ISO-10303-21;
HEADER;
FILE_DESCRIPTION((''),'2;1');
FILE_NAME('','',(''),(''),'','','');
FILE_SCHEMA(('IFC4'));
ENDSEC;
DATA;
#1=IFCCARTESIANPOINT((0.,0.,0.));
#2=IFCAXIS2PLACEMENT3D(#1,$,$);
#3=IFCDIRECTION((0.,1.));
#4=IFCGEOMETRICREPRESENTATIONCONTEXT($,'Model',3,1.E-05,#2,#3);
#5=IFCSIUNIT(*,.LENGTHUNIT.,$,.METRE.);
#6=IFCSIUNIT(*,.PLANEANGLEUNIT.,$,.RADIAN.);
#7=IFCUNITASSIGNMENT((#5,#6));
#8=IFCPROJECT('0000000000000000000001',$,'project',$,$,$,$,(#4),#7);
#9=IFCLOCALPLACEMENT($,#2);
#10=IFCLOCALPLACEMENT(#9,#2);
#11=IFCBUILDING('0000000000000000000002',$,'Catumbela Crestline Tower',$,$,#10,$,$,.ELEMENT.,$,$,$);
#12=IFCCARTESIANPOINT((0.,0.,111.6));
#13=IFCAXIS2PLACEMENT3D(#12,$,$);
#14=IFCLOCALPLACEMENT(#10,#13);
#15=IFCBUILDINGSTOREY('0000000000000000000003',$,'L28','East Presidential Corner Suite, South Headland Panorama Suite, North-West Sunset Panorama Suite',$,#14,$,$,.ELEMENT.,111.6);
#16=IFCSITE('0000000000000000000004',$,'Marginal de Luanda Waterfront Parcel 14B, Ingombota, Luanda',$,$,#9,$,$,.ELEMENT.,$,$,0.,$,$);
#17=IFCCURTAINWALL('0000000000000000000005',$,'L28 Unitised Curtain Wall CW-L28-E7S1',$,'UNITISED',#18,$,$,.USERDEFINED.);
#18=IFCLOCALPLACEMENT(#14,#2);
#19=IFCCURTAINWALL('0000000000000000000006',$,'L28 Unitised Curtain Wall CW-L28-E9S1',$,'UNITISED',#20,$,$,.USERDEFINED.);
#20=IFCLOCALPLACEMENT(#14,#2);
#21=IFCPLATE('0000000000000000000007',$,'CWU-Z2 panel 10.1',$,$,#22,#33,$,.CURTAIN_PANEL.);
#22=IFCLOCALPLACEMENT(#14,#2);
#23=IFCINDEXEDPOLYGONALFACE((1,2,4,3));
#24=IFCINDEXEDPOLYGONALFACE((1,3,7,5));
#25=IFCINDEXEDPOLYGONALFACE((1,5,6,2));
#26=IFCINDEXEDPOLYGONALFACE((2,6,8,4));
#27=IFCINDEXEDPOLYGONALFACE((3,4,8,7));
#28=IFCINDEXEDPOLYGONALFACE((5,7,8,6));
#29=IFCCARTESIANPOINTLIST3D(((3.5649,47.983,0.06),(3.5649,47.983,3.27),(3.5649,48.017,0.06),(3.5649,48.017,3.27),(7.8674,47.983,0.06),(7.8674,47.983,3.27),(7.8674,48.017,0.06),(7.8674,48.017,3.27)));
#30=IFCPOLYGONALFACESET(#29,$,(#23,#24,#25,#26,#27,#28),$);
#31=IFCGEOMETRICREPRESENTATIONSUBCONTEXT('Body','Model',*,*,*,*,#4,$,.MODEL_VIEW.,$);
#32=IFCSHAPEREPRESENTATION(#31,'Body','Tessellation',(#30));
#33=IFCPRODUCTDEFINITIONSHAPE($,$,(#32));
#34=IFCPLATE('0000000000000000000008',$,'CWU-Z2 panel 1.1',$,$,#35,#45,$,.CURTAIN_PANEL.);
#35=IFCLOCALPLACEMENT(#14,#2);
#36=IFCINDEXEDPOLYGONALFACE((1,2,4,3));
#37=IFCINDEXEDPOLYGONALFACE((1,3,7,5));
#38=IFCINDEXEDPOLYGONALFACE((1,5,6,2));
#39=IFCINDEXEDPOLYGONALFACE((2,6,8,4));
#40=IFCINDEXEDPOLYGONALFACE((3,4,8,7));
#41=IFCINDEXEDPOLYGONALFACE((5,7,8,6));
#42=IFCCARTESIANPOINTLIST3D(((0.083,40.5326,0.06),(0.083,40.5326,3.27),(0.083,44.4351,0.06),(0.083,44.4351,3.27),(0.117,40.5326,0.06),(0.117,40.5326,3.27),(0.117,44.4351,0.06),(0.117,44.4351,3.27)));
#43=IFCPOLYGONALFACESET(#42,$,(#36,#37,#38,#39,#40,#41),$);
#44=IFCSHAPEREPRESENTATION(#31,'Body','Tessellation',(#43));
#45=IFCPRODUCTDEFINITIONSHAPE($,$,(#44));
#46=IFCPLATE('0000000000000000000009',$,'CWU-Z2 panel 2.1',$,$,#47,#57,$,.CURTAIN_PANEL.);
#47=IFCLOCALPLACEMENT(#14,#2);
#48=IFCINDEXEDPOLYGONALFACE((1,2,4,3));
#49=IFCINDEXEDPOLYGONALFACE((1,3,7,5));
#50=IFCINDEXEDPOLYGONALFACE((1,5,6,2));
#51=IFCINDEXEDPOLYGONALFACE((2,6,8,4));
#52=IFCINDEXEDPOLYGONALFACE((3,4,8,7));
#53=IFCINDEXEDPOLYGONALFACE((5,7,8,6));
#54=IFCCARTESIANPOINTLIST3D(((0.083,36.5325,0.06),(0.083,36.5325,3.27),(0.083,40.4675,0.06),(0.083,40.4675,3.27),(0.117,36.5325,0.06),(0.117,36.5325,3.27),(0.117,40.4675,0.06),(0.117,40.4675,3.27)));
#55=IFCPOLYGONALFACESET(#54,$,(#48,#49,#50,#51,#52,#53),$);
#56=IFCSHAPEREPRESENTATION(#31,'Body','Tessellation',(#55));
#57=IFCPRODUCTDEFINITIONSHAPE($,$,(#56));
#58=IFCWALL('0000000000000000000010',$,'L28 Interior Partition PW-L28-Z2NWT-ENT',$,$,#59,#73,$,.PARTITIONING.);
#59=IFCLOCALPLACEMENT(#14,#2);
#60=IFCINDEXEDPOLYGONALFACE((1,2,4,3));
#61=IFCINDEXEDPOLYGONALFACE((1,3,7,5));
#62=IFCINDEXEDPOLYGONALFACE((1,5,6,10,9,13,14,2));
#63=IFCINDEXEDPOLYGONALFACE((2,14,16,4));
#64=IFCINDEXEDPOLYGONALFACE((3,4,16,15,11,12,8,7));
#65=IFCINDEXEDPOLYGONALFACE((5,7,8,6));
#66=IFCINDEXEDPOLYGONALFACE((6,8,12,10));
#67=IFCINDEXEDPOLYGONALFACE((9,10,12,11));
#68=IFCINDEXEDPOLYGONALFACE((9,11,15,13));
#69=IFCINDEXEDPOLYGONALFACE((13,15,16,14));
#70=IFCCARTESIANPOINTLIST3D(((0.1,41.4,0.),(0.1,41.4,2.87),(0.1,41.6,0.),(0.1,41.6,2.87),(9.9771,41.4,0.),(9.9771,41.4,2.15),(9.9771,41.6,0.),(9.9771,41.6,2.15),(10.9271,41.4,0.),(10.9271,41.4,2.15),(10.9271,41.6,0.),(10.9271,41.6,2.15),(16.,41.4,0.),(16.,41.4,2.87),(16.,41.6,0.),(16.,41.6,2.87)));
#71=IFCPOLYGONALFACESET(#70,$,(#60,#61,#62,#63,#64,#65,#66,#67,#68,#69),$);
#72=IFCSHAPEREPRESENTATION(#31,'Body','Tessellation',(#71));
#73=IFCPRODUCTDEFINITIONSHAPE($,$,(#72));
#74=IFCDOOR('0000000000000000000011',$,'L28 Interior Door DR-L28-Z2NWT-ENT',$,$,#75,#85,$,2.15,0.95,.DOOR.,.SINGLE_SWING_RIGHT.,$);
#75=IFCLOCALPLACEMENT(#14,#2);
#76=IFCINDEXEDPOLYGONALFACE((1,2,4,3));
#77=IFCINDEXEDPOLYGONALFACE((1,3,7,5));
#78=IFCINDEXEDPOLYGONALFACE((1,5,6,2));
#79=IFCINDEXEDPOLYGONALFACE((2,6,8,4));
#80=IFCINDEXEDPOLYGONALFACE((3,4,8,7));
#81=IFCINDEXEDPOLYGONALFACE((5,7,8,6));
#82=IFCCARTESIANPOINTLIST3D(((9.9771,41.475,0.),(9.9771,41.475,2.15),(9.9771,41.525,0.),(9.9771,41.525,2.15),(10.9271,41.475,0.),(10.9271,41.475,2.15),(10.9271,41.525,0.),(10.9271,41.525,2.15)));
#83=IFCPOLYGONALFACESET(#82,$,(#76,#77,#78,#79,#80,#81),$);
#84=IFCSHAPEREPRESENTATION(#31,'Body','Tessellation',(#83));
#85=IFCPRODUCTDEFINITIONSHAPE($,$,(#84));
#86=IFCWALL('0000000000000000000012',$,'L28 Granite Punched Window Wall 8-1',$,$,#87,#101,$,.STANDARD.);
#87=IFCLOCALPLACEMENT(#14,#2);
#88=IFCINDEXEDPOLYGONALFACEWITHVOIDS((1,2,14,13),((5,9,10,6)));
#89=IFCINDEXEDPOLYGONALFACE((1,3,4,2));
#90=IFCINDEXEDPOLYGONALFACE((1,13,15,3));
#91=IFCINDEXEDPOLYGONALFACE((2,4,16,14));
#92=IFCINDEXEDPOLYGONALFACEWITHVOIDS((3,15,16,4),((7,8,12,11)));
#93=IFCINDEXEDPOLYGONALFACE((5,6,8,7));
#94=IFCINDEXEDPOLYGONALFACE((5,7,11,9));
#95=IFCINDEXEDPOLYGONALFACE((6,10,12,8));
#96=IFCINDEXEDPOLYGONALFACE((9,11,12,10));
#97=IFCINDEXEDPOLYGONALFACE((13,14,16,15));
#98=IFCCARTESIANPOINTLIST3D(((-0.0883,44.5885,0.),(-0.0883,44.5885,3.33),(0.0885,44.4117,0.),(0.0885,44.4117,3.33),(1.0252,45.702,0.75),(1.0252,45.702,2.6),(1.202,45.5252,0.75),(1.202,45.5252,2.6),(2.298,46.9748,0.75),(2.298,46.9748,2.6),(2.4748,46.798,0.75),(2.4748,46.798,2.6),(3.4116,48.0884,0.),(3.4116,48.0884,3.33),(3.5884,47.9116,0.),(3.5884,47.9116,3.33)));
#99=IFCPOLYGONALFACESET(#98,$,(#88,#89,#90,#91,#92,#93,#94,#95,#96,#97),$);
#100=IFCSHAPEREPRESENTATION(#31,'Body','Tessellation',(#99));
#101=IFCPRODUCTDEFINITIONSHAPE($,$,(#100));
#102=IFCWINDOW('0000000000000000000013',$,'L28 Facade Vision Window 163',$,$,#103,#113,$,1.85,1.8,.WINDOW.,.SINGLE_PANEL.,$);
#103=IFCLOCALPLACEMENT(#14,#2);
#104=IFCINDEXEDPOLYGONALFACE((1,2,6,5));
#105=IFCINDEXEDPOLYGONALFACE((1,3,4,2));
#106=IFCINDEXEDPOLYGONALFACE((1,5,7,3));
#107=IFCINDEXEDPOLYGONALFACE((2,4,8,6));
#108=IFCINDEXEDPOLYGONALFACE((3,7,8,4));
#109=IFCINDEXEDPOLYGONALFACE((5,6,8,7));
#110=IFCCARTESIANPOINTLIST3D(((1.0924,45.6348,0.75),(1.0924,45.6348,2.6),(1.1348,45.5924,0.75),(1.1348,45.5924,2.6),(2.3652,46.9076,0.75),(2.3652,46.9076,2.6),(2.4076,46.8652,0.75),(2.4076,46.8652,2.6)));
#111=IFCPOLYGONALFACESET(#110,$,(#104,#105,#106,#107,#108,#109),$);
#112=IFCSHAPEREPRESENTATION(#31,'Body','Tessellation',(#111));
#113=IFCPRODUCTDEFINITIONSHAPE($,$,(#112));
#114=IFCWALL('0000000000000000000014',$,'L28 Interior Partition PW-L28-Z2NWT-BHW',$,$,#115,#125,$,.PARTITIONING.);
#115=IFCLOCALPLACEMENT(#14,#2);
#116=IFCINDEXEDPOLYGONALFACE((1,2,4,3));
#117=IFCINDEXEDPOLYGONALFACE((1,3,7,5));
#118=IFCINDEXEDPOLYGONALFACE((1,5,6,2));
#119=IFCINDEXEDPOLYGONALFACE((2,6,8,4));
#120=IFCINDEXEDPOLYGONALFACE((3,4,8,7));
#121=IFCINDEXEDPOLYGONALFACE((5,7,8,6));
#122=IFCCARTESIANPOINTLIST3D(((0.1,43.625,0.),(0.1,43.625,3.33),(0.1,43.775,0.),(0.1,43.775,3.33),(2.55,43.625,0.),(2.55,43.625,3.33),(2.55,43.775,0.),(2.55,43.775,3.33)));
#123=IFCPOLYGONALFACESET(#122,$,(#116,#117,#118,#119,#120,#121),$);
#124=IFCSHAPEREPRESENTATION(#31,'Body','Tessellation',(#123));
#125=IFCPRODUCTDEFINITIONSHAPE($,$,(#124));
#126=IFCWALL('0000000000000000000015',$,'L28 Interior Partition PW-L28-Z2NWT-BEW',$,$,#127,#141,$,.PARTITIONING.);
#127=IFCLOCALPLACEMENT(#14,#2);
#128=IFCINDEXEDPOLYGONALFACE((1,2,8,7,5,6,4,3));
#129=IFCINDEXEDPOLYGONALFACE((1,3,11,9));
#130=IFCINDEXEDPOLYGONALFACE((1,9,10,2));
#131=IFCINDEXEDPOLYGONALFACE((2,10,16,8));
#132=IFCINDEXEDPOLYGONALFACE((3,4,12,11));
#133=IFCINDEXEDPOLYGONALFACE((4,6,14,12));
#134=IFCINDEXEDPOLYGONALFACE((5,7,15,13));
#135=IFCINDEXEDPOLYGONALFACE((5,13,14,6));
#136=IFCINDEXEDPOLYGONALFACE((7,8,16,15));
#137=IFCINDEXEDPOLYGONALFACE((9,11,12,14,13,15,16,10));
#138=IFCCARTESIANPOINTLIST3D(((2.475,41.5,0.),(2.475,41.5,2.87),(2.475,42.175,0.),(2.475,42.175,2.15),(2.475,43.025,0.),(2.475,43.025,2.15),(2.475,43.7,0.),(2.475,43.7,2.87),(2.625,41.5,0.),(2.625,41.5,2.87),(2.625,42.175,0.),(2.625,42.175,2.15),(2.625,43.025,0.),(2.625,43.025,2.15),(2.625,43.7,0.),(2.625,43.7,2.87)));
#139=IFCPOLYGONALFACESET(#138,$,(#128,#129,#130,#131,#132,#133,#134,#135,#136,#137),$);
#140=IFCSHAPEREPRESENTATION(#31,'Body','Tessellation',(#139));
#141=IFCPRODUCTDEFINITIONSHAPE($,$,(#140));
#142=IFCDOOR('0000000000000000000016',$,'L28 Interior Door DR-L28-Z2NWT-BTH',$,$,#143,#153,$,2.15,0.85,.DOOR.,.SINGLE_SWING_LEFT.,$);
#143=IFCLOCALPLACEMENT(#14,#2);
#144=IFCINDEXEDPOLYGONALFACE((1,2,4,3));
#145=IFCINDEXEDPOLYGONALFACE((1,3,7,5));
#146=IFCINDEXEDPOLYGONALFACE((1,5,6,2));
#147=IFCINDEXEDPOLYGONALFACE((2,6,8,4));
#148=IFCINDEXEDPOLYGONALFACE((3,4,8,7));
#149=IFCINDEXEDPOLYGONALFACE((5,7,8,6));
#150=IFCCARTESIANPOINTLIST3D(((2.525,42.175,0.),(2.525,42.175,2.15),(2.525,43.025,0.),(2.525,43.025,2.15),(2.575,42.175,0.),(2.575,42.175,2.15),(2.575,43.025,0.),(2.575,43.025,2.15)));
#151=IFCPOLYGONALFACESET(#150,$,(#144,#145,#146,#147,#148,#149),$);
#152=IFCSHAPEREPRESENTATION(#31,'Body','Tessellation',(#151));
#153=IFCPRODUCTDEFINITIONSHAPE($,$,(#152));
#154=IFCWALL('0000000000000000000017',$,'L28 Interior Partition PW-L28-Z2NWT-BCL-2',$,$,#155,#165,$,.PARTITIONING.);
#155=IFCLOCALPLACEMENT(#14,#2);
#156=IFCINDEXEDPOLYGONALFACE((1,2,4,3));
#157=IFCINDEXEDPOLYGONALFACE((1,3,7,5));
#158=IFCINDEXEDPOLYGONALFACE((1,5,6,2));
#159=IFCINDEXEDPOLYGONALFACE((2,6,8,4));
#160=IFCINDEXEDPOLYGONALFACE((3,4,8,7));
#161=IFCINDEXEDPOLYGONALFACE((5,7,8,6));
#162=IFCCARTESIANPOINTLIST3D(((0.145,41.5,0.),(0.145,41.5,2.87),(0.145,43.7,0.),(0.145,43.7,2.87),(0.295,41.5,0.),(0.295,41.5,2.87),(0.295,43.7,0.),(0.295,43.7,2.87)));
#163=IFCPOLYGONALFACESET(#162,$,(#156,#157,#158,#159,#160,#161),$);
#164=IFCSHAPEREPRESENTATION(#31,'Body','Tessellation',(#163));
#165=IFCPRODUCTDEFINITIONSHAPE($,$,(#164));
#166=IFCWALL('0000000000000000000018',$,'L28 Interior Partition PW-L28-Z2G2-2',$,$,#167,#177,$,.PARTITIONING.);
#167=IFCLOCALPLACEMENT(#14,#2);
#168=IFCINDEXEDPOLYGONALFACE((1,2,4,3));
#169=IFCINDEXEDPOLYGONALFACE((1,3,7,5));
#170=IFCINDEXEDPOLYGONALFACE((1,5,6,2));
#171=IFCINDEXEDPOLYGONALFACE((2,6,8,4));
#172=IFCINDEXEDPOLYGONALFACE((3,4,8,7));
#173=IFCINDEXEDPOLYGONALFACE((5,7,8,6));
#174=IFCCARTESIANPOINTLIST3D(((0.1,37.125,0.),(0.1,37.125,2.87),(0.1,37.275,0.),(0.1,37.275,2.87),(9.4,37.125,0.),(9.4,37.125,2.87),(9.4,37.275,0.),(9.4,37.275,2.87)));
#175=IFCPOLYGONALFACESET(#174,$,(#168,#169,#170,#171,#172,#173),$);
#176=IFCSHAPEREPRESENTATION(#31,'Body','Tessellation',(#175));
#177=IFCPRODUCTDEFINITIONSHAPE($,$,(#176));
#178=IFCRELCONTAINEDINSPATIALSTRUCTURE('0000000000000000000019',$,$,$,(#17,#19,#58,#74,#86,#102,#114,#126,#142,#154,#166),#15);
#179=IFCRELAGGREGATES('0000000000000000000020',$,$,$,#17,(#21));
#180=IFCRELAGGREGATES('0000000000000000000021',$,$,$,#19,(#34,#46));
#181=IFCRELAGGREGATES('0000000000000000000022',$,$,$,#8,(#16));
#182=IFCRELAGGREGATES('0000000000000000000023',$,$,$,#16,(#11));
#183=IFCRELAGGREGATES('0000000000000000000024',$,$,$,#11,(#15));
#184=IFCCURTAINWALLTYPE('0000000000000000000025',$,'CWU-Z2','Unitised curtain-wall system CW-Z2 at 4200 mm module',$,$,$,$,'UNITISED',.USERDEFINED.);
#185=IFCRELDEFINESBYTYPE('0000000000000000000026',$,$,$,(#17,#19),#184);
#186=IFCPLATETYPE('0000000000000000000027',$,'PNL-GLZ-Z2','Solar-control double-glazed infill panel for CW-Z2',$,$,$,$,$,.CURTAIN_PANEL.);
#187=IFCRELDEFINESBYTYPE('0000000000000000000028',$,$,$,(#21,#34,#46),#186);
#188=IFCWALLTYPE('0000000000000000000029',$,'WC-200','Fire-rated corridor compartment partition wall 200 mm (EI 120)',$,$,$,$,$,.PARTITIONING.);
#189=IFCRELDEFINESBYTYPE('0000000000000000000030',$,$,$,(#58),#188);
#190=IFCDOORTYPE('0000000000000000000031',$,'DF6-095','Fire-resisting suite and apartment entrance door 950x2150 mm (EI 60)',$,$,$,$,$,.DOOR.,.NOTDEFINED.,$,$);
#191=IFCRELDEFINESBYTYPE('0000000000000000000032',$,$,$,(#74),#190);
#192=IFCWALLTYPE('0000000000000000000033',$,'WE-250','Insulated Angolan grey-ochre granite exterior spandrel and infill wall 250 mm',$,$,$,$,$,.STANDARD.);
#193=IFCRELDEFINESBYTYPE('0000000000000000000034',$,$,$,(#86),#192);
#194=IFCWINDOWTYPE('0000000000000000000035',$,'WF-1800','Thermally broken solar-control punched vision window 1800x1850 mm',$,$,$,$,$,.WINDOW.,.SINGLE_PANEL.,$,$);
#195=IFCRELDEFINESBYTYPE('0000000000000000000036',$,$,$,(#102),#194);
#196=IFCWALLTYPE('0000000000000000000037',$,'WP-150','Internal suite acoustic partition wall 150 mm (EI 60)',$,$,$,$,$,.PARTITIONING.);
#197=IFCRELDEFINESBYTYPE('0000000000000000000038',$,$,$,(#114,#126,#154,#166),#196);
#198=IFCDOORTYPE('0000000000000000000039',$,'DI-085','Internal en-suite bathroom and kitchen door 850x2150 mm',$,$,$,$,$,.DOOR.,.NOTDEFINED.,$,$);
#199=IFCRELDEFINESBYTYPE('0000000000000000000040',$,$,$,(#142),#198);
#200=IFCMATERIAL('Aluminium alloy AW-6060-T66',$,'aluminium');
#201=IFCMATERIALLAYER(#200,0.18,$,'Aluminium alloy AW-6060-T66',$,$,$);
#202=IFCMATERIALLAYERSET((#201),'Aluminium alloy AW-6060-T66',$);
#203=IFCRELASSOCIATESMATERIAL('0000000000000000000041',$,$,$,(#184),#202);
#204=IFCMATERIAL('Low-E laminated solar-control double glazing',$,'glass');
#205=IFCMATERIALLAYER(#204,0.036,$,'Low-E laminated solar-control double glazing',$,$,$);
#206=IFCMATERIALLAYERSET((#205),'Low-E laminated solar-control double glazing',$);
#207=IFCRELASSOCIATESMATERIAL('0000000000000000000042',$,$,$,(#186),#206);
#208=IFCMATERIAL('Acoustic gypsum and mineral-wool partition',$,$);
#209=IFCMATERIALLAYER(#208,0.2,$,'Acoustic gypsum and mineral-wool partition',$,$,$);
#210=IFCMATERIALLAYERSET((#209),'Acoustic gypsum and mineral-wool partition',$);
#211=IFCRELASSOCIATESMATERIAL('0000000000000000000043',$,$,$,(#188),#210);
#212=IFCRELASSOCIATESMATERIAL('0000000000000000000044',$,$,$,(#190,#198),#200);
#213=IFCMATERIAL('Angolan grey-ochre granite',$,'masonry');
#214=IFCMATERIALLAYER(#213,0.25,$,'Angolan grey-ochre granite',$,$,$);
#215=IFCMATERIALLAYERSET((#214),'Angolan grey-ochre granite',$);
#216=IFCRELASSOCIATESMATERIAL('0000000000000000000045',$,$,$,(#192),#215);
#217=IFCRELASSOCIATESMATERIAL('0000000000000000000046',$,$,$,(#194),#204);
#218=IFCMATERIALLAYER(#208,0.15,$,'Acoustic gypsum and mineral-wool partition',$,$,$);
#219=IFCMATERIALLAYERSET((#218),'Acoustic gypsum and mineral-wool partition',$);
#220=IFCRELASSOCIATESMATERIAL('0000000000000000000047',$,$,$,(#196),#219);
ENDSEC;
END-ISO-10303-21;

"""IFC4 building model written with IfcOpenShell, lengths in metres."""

from ifc_helpers import new_model, si_unit, direction, frame, frame_2d, origin, origin_2d, place, context, subcontext, project, spatial, rectangle, extrude, material, layer, layer_set, type_object, element, fill, aggregate, save


model = new_model("IFC4")

# Units and contexts
model_context = context("Model", 3, precision=1e-05, world=origin(), true_north=direction((0.0, 1.0)))
body_context = subcontext(model_context, "Body", "Model", "MODEL_VIEW")
ifc_project = project(units=[si_unit("LENGTHUNIT", "METRE"), si_unit("PLANEANGLEUNIT", "RADIAN")], contexts=[model_context])

# Site, building, storey
site_placement = place(None, origin())
site = spatial("IfcSite", under=ifc_project, at=site_placement, Name="Marginal de Luanda Waterfront Parcel 14B, Ingombota, Luanda", CompositionType="ELEMENT", RefElevation=0.0)
building_placement = place(site_placement, origin())
building = spatial("IfcBuilding", under=site, at=building_placement, Name="Catumbela Crestline Tower", CompositionType="ELEMENT")
storey_placement = place(building_placement, frame((0.0, 0.0, 111.6)))
storey = spatial("IfcBuildingStorey", under=building, at=storey_placement, Name="L28", Description="East Presidential Corner Suite, South Headland Panorama Suite, North-West Sunset Panorama Suite", CompositionType="ELEMENT", Elevation=111.6)

# Curtain wall
ifc_material_1 = material(Name="Aluminium alloy AW-6060-T66", Category="aluminium")
ifc_layer_1 = layer(ifc_material_1, 0.18, Name="Aluminium alloy AW-6060-T66")
ifc_layer_set_1 = layer_set([ifc_layer_1], Name="Aluminium alloy AW-6060-T66")
curtain_wall_type = type_object("IfcCurtainWallType", Name="CWU-Z2", Description="Unitised curtain-wall system CW-Z2 at 4200 mm module", ElementType="UNITISED", PredefinedType="USERDEFINED", material=ifc_layer_set_1)
curtain_wall_1_placement = place(storey_placement, origin())
curtain_wall_1 = element("IfcCurtainWall", 1, at=curtain_wall_1_placement, inside=storey, type_object=curtain_wall_type, Name="L28 Unitised Curtain Wall CW-L28-E7S1", ObjectType="UNITISED", PredefinedType="USERDEFINED")

# Curtain wall
curtain_wall_2_placement = place(storey_placement, origin())
curtain_wall_2 = element("IfcCurtainWall", 2, at=curtain_wall_2_placement, inside=storey, type_object=curtain_wall_type, Name="L28 Unitised Curtain Wall CW-L28-E9S1", ObjectType="UNITISED", PredefinedType="USERDEFINED")

# Plates
ifc_material_2 = material(Name="Low-E laminated solar-control double glazing", Category="glass")
ifc_layer_2 = layer(ifc_material_2, 0.036, Name="Low-E laminated solar-control double glazing")
ifc_layer_set_2 = layer_set([ifc_layer_2], Name="Low-E laminated solar-control double glazing")
plate_type = type_object("IfcPlateType", Name="PNL-GLZ-Z2", Description="Solar-control double-glazed infill panel for CW-Z2", PredefinedType="CURTAIN_PANEL", material=ifc_layer_set_2)
plate_1_placement = place(storey_placement, frame((5.7162, 48.0, 0.06), z_axis=(0.0, 0.0, 1.0), x_axis=(-1.0, 0.0, 0.0)))
plate_1 = element("IfcPlate", 3, at=plate_1_placement, type_object=plate_type, Name="CWU-Z2 panel 10.1", PredefinedType="CURTAIN_PANEL", context=body_context, shape_type="SweptSolid", body=[
    extrude(rectangle(XDim=4.3025, YDim=0.034, at=origin_2d()), origin(), (0.0, 0.0, 1.0), 3.21),
])
aggregate(curtain_wall_1, [plate_1])
plate_2_placement = place(storey_placement, frame((0.1, 42.4838, 0.06), z_axis=(0.0, 0.0, 1.0), x_axis=(0.0, -1.0, 0.0)))
plate_2 = element("IfcPlate", 4, at=plate_2_placement, type_object=plate_type, Name="CWU-Z2 panel 1.1", PredefinedType="CURTAIN_PANEL", context=body_context, shape_type="SweptSolid", body=[
    extrude(rectangle(XDim=3.9025, YDim=0.034, at=origin_2d()), origin(), (0.0, 0.0, 1.0), 3.21),
])
plate_3_placement = place(storey_placement, frame((0.1, 38.5, 0.06), z_axis=(0.0, 0.0, 1.0), x_axis=(0.0, -1.0, 0.0)))
plate_3 = element("IfcPlate", 5, at=plate_3_placement, type_object=plate_type, Name="CWU-Z2 panel 2.1", PredefinedType="CURTAIN_PANEL", context=body_context, shape_type="SweptSolid", body=[
    extrude(rectangle(XDim=3.935, YDim=0.034, at=origin_2d()), origin(), (0.0, 0.0, 1.0), 3.21),
])
aggregate(curtain_wall_2, [plate_2, plate_3])

# Wall, opening, door
ifc_material_3 = material(Name="Acoustic gypsum and mineral-wool partition")
ifc_layer_3 = layer(ifc_material_3, 0.2, Name="Acoustic gypsum and mineral-wool partition")
ifc_layer_set_3 = layer_set([ifc_layer_3], Name="Acoustic gypsum and mineral-wool partition")
wall_type_1 = type_object("IfcWallType", Name="WC-200", Description="Fire-rated corridor compartment partition wall 200 mm (EI 120)", PredefinedType="PARTITIONING", material=ifc_layer_set_3)
wall_1_placement = place(storey_placement, frame((0.1, 41.5, 0.0), z_axis=(0.0, 0.0, 1.0), x_axis=(1.0, 0.0, 0.0)))
wall_1 = element("IfcWall", 6, at=wall_1_placement, inside=storey, type_object=wall_type_1, Name="L28 Interior Partition PW-L28-Z2NWT-ENT", PredefinedType="PARTITIONING", context=body_context, shape_type="SweptSolid", body=[
    extrude(rectangle(XDim=15.9, YDim=0.2, at=frame_2d((7.95, 0.0))), origin(), (0.0, 0.0, 1.0), 2.87),
])
opening_1_placement = place(wall_1_placement, frame((9.8771, 0.0, 0.0)))
opening_1 = element("IfcOpeningElement", 7, at=opening_1_placement, cuts=wall_1, PredefinedType="OPENING", context=body_context, shape_type="SweptSolid", body=[
    extrude(rectangle(XDim=0.95, YDim=2.15, at=frame_2d((0.475, 1.075))), frame((0.0, 0.11, 0.0), z_axis=(0.0, -1.0, 0.0), x_axis=(1.0, 0.0, 0.0)), (0.0, 0.0, 1.0), 0.22),
])
door_type_1 = type_object("IfcDoorType", Name="DF6-095", Description="Fire-resisting suite and apartment entrance door 950x2150 mm (EI 60)", OperationType="NOTDEFINED", PredefinedType="DOOR", material=ifc_material_1)
door_1_placement = place(opening_1_placement, origin())
door_1 = element("IfcDoor", 8, at=door_1_placement, inside=storey, type_object=door_type_1, Name="L28 Interior Door DR-L28-Z2NWT-ENT", OperationType="SINGLE_SWING_RIGHT", OverallHeight=2.15, OverallWidth=0.95, PredefinedType="DOOR", context=body_context, shape_type="SweptSolid", body=[
    extrude(rectangle(XDim=0.95, YDim=2.15, at=frame_2d((0.475, 1.075))), frame((0.0, 0.025, 0.0), z_axis=(0.0, -1.0, 0.0), x_axis=(1.0, 0.0, 0.0)), (0.0, 0.0, 1.0), 0.05),
])
fill(opening_1, door_1)

# Wall, opening, window
ifc_material_4 = material(Name="Angolan grey-ochre granite", Category="masonry")
ifc_layer_4 = layer(ifc_material_4, 0.25, Name="Angolan grey-ochre granite")
ifc_layer_set_4 = layer_set([ifc_layer_4], Name="Angolan grey-ochre granite")
wall_type_2 = type_object("IfcWallType", Name="WE-250", Description="Insulated Angolan grey-ochre granite exterior spandrel and infill wall 250 mm", PredefinedType="STANDARD", material=ifc_layer_set_4)
wall_2_placement = place(storey_placement, frame((3.5, 48.0, 0.0), z_axis=(0.0, 0.0, 1.0), x_axis=(-0.707107, -0.707107, 0.0)))
wall_2 = element("IfcWall", 9, at=wall_2_placement, inside=storey, type_object=wall_type_2, Name="L28 Granite Punched Window Wall 8-1", PredefinedType="STANDARD", context=body_context, shape_type="SweptSolid", body=[
    extrude(rectangle(XDim=4.9497, YDim=0.25, at=frame_2d((2.4748, 0.0))), origin(), (0.0, 0.0, 1.0), 3.33),
])
opening_2_placement = place(wall_2_placement, frame((1.5749, 0.0, 0.75)))
opening_2 = element("IfcOpeningElement", 10, at=opening_2_placement, cuts=wall_2, PredefinedType="OPENING", context=body_context, shape_type="SweptSolid", body=[
    extrude(rectangle(XDim=1.8, YDim=1.85, at=frame_2d((0.9, 0.925))), frame((0.0, 0.135, 0.0), z_axis=(0.0, -1.0, 0.0), x_axis=(1.0, 0.0, 0.0)), (0.0, 0.0, 1.0), 0.27),
])
window_type = type_object("IfcWindowType", Name="WF-1800", Description="Thermally broken solar-control punched vision window 1800x1850 mm", PartitioningType="SINGLE_PANEL", PredefinedType="WINDOW", material=ifc_material_2)
window_placement = place(opening_2_placement, origin())
window = element("IfcWindow", 11, at=window_placement, inside=storey, type_object=window_type, Name="L28 Facade Vision Window 163", OverallHeight=1.85, OverallWidth=1.8, PartitioningType="SINGLE_PANEL", PredefinedType="WINDOW", context=body_context, shape_type="SweptSolid", body=[
    extrude(rectangle(XDim=1.8, YDim=1.85, at=frame_2d((0.9, 0.925))), frame((0.0, 0.03, 0.0), z_axis=(0.0, -1.0, 0.0), x_axis=(1.0, 0.0, 0.0)), (0.0, 0.0, 1.0), 0.06),
])
fill(opening_2, window)

# Wall
ifc_layer_5 = layer(ifc_material_3, 0.15, Name="Acoustic gypsum and mineral-wool partition")
ifc_layer_set_5 = layer_set([ifc_layer_5], Name="Acoustic gypsum and mineral-wool partition")
wall_type_3 = type_object("IfcWallType", Name="WP-150", Description="Internal suite acoustic partition wall 150 mm (EI 60)", PredefinedType="PARTITIONING", material=ifc_layer_set_5)
wall_3_placement = place(storey_placement, frame((0.1, 43.7, 0.0), z_axis=(0.0, 0.0, 1.0), x_axis=(1.0, 0.0, 0.0)))
element("IfcWall", 12, at=wall_3_placement, inside=storey, type_object=wall_type_3, Name="L28 Interior Partition PW-L28-Z2NWT-BHW", PredefinedType="PARTITIONING", context=body_context, shape_type="SweptSolid", body=[
    extrude(rectangle(XDim=2.45, YDim=0.15, at=frame_2d((1.225, 0.0))), origin(), (0.0, 0.0, 1.0), 3.33),
])

# Wall, opening, door
wall_4_placement = place(storey_placement, frame((2.55, 41.5, 0.0), z_axis=(0.0, 0.0, 1.0), x_axis=(0.0, 1.0, 0.0)))
wall_4 = element("IfcWall", 13, at=wall_4_placement, inside=storey, type_object=wall_type_3, Name="L28 Interior Partition PW-L28-Z2NWT-BEW", PredefinedType="PARTITIONING", context=body_context, shape_type="SweptSolid", body=[
    extrude(rectangle(XDim=2.2, YDim=0.15, at=frame_2d((1.1, 0.0))), origin(), (0.0, 0.0, 1.0), 2.87),
])
opening_3_placement = place(wall_4_placement, frame((0.675, 0.0, 0.0)))
opening_3 = element("IfcOpeningElement", 14, at=opening_3_placement, cuts=wall_4, PredefinedType="OPENING", context=body_context, shape_type="SweptSolid", body=[
    extrude(rectangle(XDim=0.85, YDim=2.15, at=frame_2d((0.425, 1.075))), frame((0.0, 0.085, 0.0), z_axis=(0.0, -1.0, 0.0), x_axis=(1.0, 0.0, 0.0)), (0.0, 0.0, 1.0), 0.17),
])
door_type_2 = type_object("IfcDoorType", Name="DI-085", Description="Internal en-suite bathroom and kitchen door 850x2150 mm", OperationType="NOTDEFINED", PredefinedType="DOOR", material=ifc_material_1)
door_2_placement = place(opening_3_placement, origin())
door_2 = element("IfcDoor", 15, at=door_2_placement, inside=storey, type_object=door_type_2, Name="L28 Interior Door DR-L28-Z2NWT-BTH", OperationType="SINGLE_SWING_LEFT", OverallHeight=2.15, OverallWidth=0.85, PredefinedType="DOOR", context=body_context, shape_type="SweptSolid", body=[
    extrude(rectangle(XDim=0.85, YDim=2.15, at=frame_2d((0.425, 1.075))), frame((0.0, 0.025, 0.0), z_axis=(0.0, -1.0, 0.0), x_axis=(1.0, 0.0, 0.0)), (0.0, 0.0, 1.0), 0.05),
])
fill(opening_3, door_2)

# Walls
wall_5_placement = place(storey_placement, frame((0.22, 41.5, 0.0), z_axis=(0.0, 0.0, 1.0), x_axis=(0.0, 1.0, 0.0)))
element("IfcWall", 16, at=wall_5_placement, inside=storey, type_object=wall_type_3, Name="L28 Interior Partition PW-L28-Z2NWT-BCL-2", PredefinedType="PARTITIONING", context=body_context, shape_type="SweptSolid", body=[
    extrude(rectangle(XDim=2.2, YDim=0.15, at=frame_2d((1.1, 0.0))), origin(), (0.0, 0.0, 1.0), 2.87),
])
wall_6_placement = place(storey_placement, frame((0.1, 37.2, 0.0), z_axis=(0.0, 0.0, 1.0), x_axis=(1.0, 0.0, 0.0)))
element("IfcWall", 17, at=wall_6_placement, inside=storey, type_object=wall_type_3, Name="L28 Interior Partition PW-L28-Z2G2-2", PredefinedType="PARTITIONING", context=body_context, shape_type="SweptSolid", body=[
    extrude(rectangle(XDim=9.3, YDim=0.15, at=frame_2d((4.65, 0.0))), origin(), (0.0, 0.0, 1.0), 2.87),
])

save(model, "model.ifc")
